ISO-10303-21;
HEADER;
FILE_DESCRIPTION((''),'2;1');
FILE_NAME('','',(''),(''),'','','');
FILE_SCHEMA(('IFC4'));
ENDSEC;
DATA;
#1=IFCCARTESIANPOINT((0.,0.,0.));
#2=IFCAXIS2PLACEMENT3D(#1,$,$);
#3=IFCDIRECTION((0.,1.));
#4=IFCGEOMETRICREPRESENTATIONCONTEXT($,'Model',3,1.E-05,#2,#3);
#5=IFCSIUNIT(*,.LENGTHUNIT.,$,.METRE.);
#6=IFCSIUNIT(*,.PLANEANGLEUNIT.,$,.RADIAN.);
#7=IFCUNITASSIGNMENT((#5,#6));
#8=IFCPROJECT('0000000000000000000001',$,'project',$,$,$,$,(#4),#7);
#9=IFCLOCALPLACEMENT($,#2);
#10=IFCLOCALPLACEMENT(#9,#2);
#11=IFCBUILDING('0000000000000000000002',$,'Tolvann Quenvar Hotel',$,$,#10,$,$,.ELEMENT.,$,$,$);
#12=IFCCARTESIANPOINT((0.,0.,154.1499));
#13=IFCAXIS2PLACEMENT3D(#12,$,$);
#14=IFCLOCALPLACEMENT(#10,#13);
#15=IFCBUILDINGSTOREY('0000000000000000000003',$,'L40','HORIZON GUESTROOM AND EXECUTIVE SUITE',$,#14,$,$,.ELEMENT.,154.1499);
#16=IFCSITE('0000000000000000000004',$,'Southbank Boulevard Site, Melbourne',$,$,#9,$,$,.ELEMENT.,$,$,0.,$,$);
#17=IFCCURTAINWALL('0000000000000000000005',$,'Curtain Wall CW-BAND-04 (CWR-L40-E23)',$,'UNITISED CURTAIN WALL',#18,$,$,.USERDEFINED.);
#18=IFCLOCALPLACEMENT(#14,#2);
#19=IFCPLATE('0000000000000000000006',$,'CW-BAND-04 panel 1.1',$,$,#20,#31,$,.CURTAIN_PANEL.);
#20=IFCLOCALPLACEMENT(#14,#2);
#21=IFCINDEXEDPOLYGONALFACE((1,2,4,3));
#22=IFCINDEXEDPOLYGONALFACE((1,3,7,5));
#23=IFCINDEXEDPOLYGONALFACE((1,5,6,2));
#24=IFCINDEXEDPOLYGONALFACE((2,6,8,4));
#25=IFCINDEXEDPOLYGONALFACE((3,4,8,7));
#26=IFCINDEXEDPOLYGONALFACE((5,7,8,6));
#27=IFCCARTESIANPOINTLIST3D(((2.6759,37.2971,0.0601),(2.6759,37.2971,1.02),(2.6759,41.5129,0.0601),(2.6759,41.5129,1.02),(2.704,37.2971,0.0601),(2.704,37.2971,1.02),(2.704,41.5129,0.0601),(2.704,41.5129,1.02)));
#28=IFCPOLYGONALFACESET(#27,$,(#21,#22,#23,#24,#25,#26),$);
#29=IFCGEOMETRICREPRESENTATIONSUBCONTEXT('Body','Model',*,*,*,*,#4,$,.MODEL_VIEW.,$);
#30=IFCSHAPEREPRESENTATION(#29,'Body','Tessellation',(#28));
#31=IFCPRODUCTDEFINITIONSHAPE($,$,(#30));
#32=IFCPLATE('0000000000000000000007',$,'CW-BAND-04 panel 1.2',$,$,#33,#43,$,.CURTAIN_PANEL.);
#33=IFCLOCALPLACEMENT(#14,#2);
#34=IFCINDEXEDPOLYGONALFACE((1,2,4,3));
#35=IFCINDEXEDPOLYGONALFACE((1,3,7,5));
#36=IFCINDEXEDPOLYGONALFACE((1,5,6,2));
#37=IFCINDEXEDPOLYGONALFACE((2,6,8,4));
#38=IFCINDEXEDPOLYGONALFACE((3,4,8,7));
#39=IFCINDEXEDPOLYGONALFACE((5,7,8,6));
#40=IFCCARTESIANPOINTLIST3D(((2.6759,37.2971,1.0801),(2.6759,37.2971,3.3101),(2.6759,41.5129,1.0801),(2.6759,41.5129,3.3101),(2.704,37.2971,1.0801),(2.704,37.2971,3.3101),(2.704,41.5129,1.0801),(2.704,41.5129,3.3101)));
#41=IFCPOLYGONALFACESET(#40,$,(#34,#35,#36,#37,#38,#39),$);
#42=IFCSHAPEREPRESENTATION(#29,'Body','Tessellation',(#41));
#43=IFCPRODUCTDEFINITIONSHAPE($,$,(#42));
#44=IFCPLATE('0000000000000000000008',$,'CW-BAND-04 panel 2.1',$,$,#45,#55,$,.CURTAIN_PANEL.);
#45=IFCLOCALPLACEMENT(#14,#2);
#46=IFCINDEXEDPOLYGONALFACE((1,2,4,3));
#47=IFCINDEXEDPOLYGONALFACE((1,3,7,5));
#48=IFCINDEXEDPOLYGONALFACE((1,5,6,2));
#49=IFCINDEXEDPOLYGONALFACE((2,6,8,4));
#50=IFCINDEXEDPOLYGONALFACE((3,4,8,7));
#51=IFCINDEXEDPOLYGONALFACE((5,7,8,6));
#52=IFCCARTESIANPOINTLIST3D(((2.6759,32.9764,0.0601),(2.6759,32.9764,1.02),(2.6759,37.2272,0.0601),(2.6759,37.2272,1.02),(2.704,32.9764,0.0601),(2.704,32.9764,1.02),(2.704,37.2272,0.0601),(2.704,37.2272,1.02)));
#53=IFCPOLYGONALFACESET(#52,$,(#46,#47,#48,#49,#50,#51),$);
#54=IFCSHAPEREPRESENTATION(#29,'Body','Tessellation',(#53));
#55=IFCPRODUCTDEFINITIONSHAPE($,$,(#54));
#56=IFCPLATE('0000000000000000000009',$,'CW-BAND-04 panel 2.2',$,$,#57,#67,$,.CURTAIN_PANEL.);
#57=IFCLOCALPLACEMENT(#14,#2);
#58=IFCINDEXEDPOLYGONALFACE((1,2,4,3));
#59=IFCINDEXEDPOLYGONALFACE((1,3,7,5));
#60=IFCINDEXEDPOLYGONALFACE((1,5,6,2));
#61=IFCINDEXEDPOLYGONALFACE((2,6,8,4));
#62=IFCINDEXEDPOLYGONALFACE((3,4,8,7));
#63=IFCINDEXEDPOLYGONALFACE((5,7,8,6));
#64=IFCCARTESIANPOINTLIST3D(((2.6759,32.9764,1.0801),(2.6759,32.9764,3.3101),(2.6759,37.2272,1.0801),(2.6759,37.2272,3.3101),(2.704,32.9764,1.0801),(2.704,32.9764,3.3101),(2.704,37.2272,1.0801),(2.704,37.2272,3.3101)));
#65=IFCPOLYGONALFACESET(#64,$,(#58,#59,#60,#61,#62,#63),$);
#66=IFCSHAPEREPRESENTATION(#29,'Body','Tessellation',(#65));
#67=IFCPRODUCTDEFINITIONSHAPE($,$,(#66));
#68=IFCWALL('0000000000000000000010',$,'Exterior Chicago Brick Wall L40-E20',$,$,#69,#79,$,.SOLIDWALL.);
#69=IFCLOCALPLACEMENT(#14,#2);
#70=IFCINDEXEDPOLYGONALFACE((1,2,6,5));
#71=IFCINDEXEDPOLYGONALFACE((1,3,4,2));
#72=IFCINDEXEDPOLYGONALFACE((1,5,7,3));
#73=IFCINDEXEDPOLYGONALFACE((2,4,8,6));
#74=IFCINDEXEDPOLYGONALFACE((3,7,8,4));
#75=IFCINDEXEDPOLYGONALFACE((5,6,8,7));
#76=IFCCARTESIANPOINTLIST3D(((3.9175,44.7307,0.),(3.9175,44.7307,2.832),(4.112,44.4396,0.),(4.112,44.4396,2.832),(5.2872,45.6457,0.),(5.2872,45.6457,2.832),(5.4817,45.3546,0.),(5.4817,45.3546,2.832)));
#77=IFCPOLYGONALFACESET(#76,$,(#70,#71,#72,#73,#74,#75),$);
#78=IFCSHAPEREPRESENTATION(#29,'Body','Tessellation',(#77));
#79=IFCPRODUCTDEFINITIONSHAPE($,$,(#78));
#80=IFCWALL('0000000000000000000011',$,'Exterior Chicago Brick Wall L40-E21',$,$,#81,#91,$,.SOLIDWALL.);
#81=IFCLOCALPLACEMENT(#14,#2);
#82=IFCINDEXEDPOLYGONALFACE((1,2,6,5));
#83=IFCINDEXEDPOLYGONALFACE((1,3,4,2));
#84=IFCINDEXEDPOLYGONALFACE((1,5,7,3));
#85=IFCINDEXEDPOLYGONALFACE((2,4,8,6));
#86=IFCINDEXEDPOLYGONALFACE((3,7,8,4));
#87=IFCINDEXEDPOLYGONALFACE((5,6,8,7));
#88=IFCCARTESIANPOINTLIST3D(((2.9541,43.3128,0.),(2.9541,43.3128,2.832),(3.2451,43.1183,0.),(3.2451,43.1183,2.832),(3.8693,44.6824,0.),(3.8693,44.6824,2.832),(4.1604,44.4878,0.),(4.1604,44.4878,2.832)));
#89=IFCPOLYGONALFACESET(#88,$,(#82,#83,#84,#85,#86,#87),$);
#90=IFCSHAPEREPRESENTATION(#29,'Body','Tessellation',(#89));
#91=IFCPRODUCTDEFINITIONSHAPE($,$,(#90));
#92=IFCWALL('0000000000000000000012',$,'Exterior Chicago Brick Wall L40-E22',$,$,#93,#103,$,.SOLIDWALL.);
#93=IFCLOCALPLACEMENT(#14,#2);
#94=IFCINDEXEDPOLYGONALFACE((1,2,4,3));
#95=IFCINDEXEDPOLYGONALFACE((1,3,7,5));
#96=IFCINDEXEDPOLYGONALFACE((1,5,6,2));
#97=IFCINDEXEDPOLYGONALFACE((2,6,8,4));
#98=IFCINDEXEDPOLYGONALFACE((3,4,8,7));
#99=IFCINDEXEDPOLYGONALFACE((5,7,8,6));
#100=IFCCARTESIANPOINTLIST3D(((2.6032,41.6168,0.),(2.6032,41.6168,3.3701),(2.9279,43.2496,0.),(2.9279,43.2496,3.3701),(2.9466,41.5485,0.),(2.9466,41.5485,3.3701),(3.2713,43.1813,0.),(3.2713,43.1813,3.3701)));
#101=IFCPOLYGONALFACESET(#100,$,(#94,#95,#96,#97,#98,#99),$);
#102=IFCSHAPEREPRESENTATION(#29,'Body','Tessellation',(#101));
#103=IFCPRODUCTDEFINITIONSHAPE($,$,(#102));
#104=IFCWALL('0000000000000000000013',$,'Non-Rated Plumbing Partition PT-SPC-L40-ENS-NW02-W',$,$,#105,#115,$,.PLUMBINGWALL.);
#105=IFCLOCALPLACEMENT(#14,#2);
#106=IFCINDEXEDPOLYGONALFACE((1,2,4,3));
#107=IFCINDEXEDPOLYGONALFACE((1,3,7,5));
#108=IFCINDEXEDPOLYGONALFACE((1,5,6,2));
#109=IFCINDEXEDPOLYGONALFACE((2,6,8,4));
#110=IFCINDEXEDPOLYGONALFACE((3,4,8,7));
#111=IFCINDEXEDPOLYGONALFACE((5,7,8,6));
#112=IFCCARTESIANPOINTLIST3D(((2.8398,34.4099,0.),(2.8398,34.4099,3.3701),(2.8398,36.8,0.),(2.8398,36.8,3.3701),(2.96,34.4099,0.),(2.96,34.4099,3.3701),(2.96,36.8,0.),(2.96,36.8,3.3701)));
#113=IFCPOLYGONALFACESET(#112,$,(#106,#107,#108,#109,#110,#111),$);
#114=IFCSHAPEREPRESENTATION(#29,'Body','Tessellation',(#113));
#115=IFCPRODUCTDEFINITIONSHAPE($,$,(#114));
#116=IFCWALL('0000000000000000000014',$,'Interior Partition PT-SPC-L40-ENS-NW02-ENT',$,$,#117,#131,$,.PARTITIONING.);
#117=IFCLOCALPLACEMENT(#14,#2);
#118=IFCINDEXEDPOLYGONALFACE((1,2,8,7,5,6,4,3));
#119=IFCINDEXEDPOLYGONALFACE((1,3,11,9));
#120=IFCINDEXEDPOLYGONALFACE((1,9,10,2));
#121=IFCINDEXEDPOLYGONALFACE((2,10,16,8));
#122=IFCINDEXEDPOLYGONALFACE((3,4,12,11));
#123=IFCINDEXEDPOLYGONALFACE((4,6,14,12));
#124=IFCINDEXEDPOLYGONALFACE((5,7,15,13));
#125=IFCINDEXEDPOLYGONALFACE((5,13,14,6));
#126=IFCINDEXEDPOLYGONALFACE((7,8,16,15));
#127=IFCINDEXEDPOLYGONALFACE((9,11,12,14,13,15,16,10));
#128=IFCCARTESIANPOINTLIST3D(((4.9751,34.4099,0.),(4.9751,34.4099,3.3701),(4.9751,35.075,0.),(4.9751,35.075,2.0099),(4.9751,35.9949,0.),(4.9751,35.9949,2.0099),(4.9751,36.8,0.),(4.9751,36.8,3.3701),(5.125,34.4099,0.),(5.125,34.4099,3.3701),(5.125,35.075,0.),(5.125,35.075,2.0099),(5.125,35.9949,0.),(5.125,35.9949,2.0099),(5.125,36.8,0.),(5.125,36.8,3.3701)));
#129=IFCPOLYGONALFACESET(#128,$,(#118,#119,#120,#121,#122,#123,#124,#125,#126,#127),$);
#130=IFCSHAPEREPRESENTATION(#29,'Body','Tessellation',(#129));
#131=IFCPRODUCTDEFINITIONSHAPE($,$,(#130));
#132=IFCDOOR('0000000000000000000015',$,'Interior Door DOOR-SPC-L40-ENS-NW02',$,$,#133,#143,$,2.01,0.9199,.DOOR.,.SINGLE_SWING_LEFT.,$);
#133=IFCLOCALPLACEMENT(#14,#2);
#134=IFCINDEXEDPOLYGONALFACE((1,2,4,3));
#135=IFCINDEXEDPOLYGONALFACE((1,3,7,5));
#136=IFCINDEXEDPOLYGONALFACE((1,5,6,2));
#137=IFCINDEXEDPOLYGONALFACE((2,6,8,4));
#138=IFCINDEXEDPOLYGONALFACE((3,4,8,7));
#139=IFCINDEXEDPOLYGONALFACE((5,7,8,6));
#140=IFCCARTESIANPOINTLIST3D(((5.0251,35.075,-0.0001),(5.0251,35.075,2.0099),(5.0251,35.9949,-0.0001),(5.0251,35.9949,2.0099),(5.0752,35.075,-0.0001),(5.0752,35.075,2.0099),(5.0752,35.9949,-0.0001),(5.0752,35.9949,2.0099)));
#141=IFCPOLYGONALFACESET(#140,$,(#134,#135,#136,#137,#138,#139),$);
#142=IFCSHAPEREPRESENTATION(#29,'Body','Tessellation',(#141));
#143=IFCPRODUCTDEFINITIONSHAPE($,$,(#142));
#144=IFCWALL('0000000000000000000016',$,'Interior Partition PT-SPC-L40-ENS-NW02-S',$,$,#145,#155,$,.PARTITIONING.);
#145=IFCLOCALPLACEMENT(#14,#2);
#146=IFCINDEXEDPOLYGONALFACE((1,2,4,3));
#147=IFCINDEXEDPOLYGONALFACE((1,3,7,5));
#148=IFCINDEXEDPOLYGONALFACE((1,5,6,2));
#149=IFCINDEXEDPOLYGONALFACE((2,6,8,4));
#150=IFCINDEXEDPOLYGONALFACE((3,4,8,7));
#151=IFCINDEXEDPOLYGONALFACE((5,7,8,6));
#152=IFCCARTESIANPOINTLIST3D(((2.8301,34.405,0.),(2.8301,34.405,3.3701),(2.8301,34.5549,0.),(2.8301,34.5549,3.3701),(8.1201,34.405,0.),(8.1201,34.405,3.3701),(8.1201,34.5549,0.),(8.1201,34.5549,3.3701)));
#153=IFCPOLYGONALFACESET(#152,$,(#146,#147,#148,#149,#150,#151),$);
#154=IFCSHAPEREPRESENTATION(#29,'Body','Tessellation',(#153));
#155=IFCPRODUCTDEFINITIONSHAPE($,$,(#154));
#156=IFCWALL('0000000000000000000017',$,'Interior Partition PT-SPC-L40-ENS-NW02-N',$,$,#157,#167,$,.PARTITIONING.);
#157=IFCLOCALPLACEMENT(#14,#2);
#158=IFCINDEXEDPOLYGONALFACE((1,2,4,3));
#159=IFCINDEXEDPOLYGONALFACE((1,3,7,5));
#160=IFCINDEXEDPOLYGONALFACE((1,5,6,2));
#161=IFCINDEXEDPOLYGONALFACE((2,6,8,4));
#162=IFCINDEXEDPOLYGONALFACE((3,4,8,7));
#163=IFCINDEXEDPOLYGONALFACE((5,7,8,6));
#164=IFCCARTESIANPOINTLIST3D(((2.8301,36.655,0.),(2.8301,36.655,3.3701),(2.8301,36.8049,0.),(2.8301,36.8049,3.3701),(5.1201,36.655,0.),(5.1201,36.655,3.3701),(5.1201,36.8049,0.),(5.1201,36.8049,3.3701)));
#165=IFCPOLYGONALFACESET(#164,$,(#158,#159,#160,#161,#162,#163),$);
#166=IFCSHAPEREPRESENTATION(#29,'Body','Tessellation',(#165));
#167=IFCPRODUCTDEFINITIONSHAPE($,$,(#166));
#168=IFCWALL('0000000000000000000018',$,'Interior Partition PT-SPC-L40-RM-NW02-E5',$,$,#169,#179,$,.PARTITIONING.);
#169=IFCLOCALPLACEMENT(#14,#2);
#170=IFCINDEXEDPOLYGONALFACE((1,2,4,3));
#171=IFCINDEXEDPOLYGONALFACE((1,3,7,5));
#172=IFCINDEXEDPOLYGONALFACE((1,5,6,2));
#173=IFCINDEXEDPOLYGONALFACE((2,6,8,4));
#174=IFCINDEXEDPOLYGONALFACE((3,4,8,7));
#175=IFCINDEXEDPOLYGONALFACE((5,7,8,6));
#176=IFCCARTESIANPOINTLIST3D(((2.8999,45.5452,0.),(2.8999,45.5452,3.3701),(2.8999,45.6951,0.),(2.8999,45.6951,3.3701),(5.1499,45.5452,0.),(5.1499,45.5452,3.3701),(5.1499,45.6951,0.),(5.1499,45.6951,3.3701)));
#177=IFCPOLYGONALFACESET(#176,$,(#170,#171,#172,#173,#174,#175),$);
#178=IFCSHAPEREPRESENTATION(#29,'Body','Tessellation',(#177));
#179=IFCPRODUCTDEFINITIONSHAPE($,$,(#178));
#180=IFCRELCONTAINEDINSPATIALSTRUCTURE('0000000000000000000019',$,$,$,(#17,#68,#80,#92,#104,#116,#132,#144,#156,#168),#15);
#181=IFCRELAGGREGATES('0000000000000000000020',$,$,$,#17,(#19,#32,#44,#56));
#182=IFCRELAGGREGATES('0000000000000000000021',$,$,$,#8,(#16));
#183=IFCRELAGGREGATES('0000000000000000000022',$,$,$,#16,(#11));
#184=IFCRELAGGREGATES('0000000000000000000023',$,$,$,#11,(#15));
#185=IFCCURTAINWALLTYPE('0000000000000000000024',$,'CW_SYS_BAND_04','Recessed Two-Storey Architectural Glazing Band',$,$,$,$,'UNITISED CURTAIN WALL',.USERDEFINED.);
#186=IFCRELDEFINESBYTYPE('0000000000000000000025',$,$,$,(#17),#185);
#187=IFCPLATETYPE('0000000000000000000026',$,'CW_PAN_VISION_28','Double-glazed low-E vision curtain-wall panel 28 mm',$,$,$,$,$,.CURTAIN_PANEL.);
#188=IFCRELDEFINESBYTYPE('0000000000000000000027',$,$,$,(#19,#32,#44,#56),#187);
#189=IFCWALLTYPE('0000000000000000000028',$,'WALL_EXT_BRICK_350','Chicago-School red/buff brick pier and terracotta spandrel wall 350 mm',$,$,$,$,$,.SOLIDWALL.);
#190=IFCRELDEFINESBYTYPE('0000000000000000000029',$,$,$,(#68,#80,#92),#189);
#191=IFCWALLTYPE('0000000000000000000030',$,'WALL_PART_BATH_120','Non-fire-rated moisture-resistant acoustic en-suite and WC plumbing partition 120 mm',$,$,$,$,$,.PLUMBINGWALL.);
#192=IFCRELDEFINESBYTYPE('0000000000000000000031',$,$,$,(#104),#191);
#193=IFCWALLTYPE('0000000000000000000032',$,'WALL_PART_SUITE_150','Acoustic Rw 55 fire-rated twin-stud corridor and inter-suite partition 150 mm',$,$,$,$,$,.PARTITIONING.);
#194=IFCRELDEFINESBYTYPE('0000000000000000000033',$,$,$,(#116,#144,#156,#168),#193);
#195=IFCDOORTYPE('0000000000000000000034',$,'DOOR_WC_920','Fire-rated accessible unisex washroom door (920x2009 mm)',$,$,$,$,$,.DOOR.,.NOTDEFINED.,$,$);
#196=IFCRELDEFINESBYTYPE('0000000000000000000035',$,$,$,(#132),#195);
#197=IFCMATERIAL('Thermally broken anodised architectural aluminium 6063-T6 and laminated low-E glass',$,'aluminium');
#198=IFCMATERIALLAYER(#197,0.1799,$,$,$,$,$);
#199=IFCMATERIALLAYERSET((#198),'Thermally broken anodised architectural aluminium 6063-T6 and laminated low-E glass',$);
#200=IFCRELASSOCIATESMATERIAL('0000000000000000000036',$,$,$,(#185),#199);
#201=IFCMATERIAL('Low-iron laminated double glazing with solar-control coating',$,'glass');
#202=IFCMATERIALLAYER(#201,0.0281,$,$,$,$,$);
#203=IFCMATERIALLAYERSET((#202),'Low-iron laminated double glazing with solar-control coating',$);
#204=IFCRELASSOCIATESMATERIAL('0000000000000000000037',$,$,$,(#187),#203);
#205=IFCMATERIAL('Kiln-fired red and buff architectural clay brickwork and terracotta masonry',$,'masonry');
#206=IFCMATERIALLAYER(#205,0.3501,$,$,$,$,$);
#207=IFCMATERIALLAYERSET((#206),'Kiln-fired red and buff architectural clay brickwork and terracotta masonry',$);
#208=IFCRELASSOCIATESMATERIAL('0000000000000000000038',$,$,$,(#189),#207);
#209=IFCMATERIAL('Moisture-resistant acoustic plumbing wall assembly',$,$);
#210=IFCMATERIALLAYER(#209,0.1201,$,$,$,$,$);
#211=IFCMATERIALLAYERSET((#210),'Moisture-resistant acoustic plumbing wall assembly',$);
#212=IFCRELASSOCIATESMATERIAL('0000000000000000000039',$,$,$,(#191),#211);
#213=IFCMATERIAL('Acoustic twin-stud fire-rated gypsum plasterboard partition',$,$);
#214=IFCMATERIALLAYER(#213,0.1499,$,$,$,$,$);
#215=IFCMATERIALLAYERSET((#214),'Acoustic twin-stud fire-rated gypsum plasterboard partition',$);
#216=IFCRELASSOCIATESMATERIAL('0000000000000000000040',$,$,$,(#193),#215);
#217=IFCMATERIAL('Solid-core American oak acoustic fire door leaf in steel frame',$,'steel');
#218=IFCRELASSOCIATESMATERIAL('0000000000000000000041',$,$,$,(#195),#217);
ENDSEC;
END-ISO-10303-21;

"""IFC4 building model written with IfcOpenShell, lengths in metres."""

from ifc_helpers import new_model, si_unit, direction, frame, frame_2d, origin, origin_2d, place, context, subcontext, project, spatial, rectangle, extrude, source, transform, mapped, material, layer, layer_set, type_object, type_shapes, element, fill, aggregate, save


model = new_model("IFC4")

# Units and contexts
model_context = context("Model", 3, precision=1e-05, world=origin(), true_north=direction((0.0, 1.0)))
body_context = subcontext(model_context, "Body", "Model", "MODEL_VIEW")
ifc_project = project(units=[si_unit("LENGTHUNIT", "METRE"), si_unit("PLANEANGLEUNIT", "RADIAN")], contexts=[model_context])

# Site, building, storey
site_placement = place(None, origin())
site = spatial("IfcSite", under=ifc_project, at=site_placement, Name="Southbank Boulevard Site, Melbourne", CompositionType="ELEMENT", RefElevation=0.0)
building_placement = place(site_placement, origin())
building = spatial("IfcBuilding", under=site, at=building_placement, Name="Tolvann Quenvar Hotel", CompositionType="ELEMENT")
storey_placement = place(building_placement, frame((0.0, 0.0, 154.1499)))
storey = spatial("IfcBuildingStorey", under=building, at=storey_placement, Name="L40", Description="HORIZON GUESTROOM AND EXECUTIVE SUITE", CompositionType="ELEMENT", Elevation=154.1499)

# Curtain wall, plates
ifc_material_1 = material(Name="Thermally broken anodised architectural aluminium 6063-T6 and laminated low-E glass", Category="aluminium")
ifc_layer_1 = layer(ifc_material_1, 0.1799)
ifc_layer_set_1 = layer_set([ifc_layer_1], Name="Thermally broken anodised architectural aluminium 6063-T6 and laminated low-E glass")
curtain_wall_type = type_object("IfcCurtainWallType", Name="CW_SYS_BAND_04", Description="Recessed Two-Storey Architectural Glazing Band", ElementType="UNITISED CURTAIN WALL", PredefinedType="USERDEFINED", material=ifc_layer_set_1)
curtain_wall_placement = place(storey_placement, origin())
curtain_wall = element("IfcCurtainWall", 1, at=curtain_wall_placement, inside=storey, type_object=curtain_wall_type, Name="Curtain Wall CW-BAND-04 (CWR-L40-E23)", ObjectType="UNITISED CURTAIN WALL", PredefinedType="USERDEFINED")
ifc_material_2 = material(Name="Low-iron laminated double glazing with solar-control coating", Category="glass")
ifc_layer_2 = layer(ifc_material_2, 0.0281)
ifc_layer_set_2 = layer_set([ifc_layer_2], Name="Low-iron laminated double glazing with solar-control coating")
plate_type = type_object("IfcPlateType", Name="CW_PAN_VISION_28", Description="Double-glazed low-E vision curtain-wall panel 28 mm", PredefinedType="CURTAIN_PANEL", material=ifc_layer_set_2)
shared_shape_1 = source(origin(), body_context, "Body", "SweptSolid", [
    extrude(rectangle(XDim=4.2158, YDim=0.0281, at=origin_2d()), origin(), (0.0, 0.0, 1.0), 0.96),
])
plate_1_placement = place(storey_placement, frame((2.6899, 39.405, 0.0601), z_axis=(0.0, 0.0, 1.0), x_axis=(0.0, -1.0, 0.0)))
plate_1 = element("IfcPlate", 2, at=plate_1_placement, type_object=plate_type, Name="CW-BAND-04 panel 1.1", PredefinedType="CURTAIN_PANEL", context=body_context, shape_type="MappedRepresentation", body=[
    mapped(shared_shape_1, transform((0.0, 0.0, 0.0), x_axis=(1.0, 0.0, 0.0), y_axis=(0.0, 1.0, 0.0), z_axis=(0.0, 0.0, 1.0), scale=1.0)),
])
shared_shape_2 = source(origin(), body_context, "Body", "SweptSolid", [
    extrude(rectangle(XDim=4.2158, YDim=0.0281, at=origin_2d()), origin(), (0.0, 0.0, 1.0), 2.23),
])
plate_2_placement = place(storey_placement, frame((2.6899, 39.405, 1.0801), z_axis=(0.0, 0.0, 1.0), x_axis=(0.0, -1.0, 0.0)))
plate_2 = element("IfcPlate", 3, at=plate_2_placement, type_object=plate_type, Name="CW-BAND-04 panel 1.2", PredefinedType="CURTAIN_PANEL", context=body_context, shape_type="MappedRepresentation", body=[
    mapped(shared_shape_2, transform((0.0, 0.0, 0.0), x_axis=(1.0, 0.0, 0.0), y_axis=(0.0, 1.0, 0.0), z_axis=(0.0, 0.0, 1.0), scale=1.0)),
])
shared_shape_3 = source(origin(), body_context, "Body", "SweptSolid", [
    extrude(rectangle(XDim=4.2507, YDim=0.0281, at=origin_2d()), origin(), (0.0, 0.0, 1.0), 0.96),
])
plate_3_placement = place(storey_placement, frame((2.6899, 35.1018, 0.0601), z_axis=(0.0, 0.0, 1.0), x_axis=(0.0, -1.0, 0.0)))
plate_3 = element("IfcPlate", 4, at=plate_3_placement, type_object=plate_type, Name="CW-BAND-04 panel 2.1", PredefinedType="CURTAIN_PANEL", context=body_context, shape_type="MappedRepresentation", body=[
    mapped(shared_shape_3, transform((0.0, 0.0, 0.0), x_axis=(1.0, 0.0, 0.0), y_axis=(0.0, 1.0, 0.0), z_axis=(0.0, 0.0, 1.0), scale=1.0)),
])
shared_shape_4 = source(origin(), body_context, "Body", "SweptSolid", [
    extrude(rectangle(XDim=4.2507, YDim=0.0281, at=origin_2d()), origin(), (0.0, 0.0, 1.0), 2.23),
])
type_shapes(plate_type, [shared_shape_1, shared_shape_2, shared_shape_3, shared_shape_4])
plate_4_placement = place(storey_placement, frame((2.6899, 35.1018, 1.0801), z_axis=(0.0, 0.0, 1.0), x_axis=(0.0, -1.0, 0.0)))
plate_4 = element("IfcPlate", 5, at=plate_4_placement, type_object=plate_type, Name="CW-BAND-04 panel 2.2", PredefinedType="CURTAIN_PANEL", context=body_context, shape_type="MappedRepresentation", body=[
    mapped(shared_shape_4, transform((0.0, 0.0, 0.0), x_axis=(1.0, 0.0, 0.0), y_axis=(0.0, 1.0, 0.0), z_axis=(0.0, 0.0, 1.0), scale=1.0)),
])
aggregate(curtain_wall, [plate_1, plate_2, plate_3, plate_4])

# Walls
ifc_material_3 = material(Name="Kiln-fired red and buff architectural clay brickwork and terracotta masonry", Category="masonry")
ifc_layer_3 = layer(ifc_material_3, 0.3501)
ifc_layer_set_3 = layer_set([ifc_layer_3], Name="Kiln-fired red and buff architectural clay brickwork and terracotta masonry")
wall_type_1 = type_object("IfcWallType", Name="WALL_EXT_BRICK_350", Description="Chicago-School red/buff brick pier and terracotta spandrel wall 350 mm", PredefinedType="SOLIDWALL", material=ifc_layer_set_3)
for number, where, z_axis, x_axis, name in (
    (6, (5.3845, 45.5002, 0.0), (0.0, 0.0, 1.0), (-0.831503, -0.555521, 0.0), "Exterior Chicago Brick Wall L40-E20"),
    (7, (4.0149, 44.5852, 0.0), (0.0, 0.0, 1.0), (-0.555623, -0.831434, 0.0), "Exterior Chicago Brick Wall L40-E21"),
):
    element("IfcWall", number, at=place(storey_placement, frame(where, z_axis=z_axis, x_axis=x_axis)), inside=storey, type_object=wall_type_1, Name=name, PredefinedType="SOLIDWALL", context=body_context, shape_type="SweptSolid", body=[
        extrude(rectangle(XDim=1.6472, YDim=0.3501, at=frame_2d((0.8237, 0.0))), origin(), (0.0, 0.0, 1.0), 2.832),
    ])
wall_1_placement = place(storey_placement, frame((3.0996, 43.2156, 0.0), z_axis=(0.0, 0.0, 1.0), x_axis=(-0.195044, -0.980794, 0.0)))
element("IfcWall", 8, at=wall_1_placement, inside=storey, type_object=wall_type_1, Name="Exterior Chicago Brick Wall L40-E22", PredefinedType="SOLIDWALL", context=body_context, shape_type="SweptSolid", body=[
    extrude(rectangle(XDim=1.6648, YDim=0.3501, at=frame_2d((0.8325, 0.0))), origin(), (0.0, 0.0, 1.0), 3.3701),
])
ifc_material_4 = material(Name="Moisture-resistant acoustic plumbing wall assembly")
ifc_layer_4 = layer(ifc_material_4, 0.1201)
ifc_layer_set_4 = layer_set([ifc_layer_4], Name="Moisture-resistant acoustic plumbing wall assembly")
wall_type_2 = type_object("IfcWallType", Name="WALL_PART_BATH_120", Description="Non-fire-rated moisture-resistant acoustic en-suite and WC plumbing partition 120 mm", PredefinedType="PLUMBINGWALL", material=ifc_layer_set_4)
wall_2_placement = place(storey_placement, frame((2.8999, 34.4099, 0.0), z_axis=(0.0, 0.0, 1.0), x_axis=(0.0, 1.0, 0.0)))
element("IfcWall", 9, at=wall_2_placement, inside=storey, type_object=wall_type_2, Name="Non-Rated Plumbing Partition PT-SPC-L40-ENS-NW02-W", PredefinedType="PLUMBINGWALL", context=body_context, shape_type="SweptSolid", body=[
    extrude(rectangle(XDim=2.3901, YDim=0.1201, at=frame_2d((1.1951, 0.0))), origin(), (0.0, 0.0, 1.0), 3.3701),
])

# Wall, opening, door
ifc_material_5 = material(Name="Acoustic twin-stud fire-rated gypsum plasterboard partition")
ifc_layer_5 = layer(ifc_material_5, 0.1499)
ifc_layer_set_5 = layer_set([ifc_layer_5], Name="Acoustic twin-stud fire-rated gypsum plasterboard partition")
wall_type_3 = type_object("IfcWallType", Name="WALL_PART_SUITE_150", Description="Acoustic Rw 55 fire-rated twin-stud corridor and inter-suite partition 150 mm", PredefinedType="PARTITIONING", material=ifc_layer_set_5)
wall_3_placement = place(storey_placement, frame((5.05, 34.4099, 0.0), z_axis=(0.0, 0.0, 1.0), x_axis=(0.0, 1.0, 0.0)))
wall_3 = element("IfcWall", 10, at=wall_3_placement, inside=storey, type_object=wall_type_3, Name="Interior Partition PT-SPC-L40-ENS-NW02-ENT", PredefinedType="PARTITIONING", context=body_context, shape_type="SweptSolid", body=[
    extrude(rectangle(XDim=2.3901, YDim=0.1499, at=frame_2d((1.1951, 0.0))), origin(), (0.0, 0.0, 1.0), 3.3701),
])
opening_placement = place(wall_3_placement, frame((0.665, 0.0, 0.0)))
opening = element("IfcOpeningElement", 11, at=opening_placement, cuts=wall_3, PredefinedType="OPENING", context=body_context, shape_type="SweptSolid", body=[
    extrude(rectangle(XDim=0.9199, YDim=2.01, at=frame_2d((0.46, 1.0049))), frame((0.0, 0.085, 0.0), z_axis=(0.0, -1.0, 0.0), x_axis=(1.0, 0.0, 0.0)), (0.0, 0.0, 1.0), 0.1699),
])
ifc_material_6 = material(Name="Solid-core American oak acoustic fire door leaf in steel frame", Category="steel")
door_type = type_object("IfcDoorType", Name="DOOR_WC_920", Description="Fire-rated accessible unisex washroom door (920x2009 mm)", OperationType="NOTDEFINED", PredefinedType="DOOR", material=ifc_material_6)
shared_shape_5 = source(origin(), body_context, "Body", "SweptSolid", [
    extrude(rectangle(XDim=0.9199, YDim=2.01, at=frame_2d((0.46, 1.0049))), frame((0.0, 0.0249, 0.0), z_axis=(0.0, -1.0, 0.0), x_axis=(1.0, 0.0, 0.0)), (0.0, 0.0, 1.0), 0.05),
])
type_shapes(door_type, [shared_shape_5])
door_placement = place(opening_placement, origin())
door = element("IfcDoor", 12, at=door_placement, inside=storey, type_object=door_type, Name="Interior Door DOOR-SPC-L40-ENS-NW02", OperationType="SINGLE_SWING_LEFT", OverallHeight=2.01, OverallWidth=0.9199, PredefinedType="DOOR", context=body_context, shape_type="MappedRepresentation", body=[
    mapped(shared_shape_5, transform((0.0, 0.0, 0.0), x_axis=(1.0, 0.0, 0.0), y_axis=(0.0, 1.0, 0.0), z_axis=(0.0, 0.0, 1.0), scale=1.0)),
])
fill(opening, door)

# Walls
wall_4_placement = place(storey_placement, frame((2.8301, 34.48, 0.0), z_axis=(0.0, 0.0, 1.0), x_axis=(1.0, 0.0, 0.0)))
element("IfcWall", 13, at=wall_4_placement, inside=storey, type_object=wall_type_3, Name="Interior Partition PT-SPC-L40-ENS-NW02-S", PredefinedType="PARTITIONING", context=body_context, shape_type="SweptSolid", body=[
    extrude(rectangle(XDim=5.29, YDim=0.1499, at=frame_2d((2.645, 0.0))), origin(), (0.0, 0.0, 1.0), 3.3701),
])
wall_5_placement = place(storey_placement, frame((2.8301, 36.73, 0.0), z_axis=(0.0, 0.0, 1.0), x_axis=(1.0, 0.0, 0.0)))
element("IfcWall", 14, at=wall_5_placement, inside=storey, type_object=wall_type_3, Name="Interior Partition PT-SPC-L40-ENS-NW02-N", PredefinedType="PARTITIONING", context=body_context, shape_type="SweptSolid", body=[
    extrude(rectangle(XDim=2.29, YDim=0.1499, at=frame_2d((1.145, 0.0))), origin(), (0.0, 0.0, 1.0), 3.3701),
])
wall_6_placement = place(storey_placement, frame((2.8999, 45.6201, 0.0), z_axis=(0.0, 0.0, 1.0), x_axis=(1.0, 0.0, 0.0)))
element("IfcWall", 15, at=wall_6_placement, inside=storey, type_object=wall_type_3, Name="Interior Partition PT-SPC-L40-RM-NW02-E5", PredefinedType="PARTITIONING", context=body_context, shape_type="SweptSolid", body=[
    extrude(rectangle(XDim=2.25, YDim=0.1499, at=frame_2d((1.125, 0.0))), origin(), (0.0, 0.0, 1.0), 3.3701),
])

save(model, "model.ifc")
